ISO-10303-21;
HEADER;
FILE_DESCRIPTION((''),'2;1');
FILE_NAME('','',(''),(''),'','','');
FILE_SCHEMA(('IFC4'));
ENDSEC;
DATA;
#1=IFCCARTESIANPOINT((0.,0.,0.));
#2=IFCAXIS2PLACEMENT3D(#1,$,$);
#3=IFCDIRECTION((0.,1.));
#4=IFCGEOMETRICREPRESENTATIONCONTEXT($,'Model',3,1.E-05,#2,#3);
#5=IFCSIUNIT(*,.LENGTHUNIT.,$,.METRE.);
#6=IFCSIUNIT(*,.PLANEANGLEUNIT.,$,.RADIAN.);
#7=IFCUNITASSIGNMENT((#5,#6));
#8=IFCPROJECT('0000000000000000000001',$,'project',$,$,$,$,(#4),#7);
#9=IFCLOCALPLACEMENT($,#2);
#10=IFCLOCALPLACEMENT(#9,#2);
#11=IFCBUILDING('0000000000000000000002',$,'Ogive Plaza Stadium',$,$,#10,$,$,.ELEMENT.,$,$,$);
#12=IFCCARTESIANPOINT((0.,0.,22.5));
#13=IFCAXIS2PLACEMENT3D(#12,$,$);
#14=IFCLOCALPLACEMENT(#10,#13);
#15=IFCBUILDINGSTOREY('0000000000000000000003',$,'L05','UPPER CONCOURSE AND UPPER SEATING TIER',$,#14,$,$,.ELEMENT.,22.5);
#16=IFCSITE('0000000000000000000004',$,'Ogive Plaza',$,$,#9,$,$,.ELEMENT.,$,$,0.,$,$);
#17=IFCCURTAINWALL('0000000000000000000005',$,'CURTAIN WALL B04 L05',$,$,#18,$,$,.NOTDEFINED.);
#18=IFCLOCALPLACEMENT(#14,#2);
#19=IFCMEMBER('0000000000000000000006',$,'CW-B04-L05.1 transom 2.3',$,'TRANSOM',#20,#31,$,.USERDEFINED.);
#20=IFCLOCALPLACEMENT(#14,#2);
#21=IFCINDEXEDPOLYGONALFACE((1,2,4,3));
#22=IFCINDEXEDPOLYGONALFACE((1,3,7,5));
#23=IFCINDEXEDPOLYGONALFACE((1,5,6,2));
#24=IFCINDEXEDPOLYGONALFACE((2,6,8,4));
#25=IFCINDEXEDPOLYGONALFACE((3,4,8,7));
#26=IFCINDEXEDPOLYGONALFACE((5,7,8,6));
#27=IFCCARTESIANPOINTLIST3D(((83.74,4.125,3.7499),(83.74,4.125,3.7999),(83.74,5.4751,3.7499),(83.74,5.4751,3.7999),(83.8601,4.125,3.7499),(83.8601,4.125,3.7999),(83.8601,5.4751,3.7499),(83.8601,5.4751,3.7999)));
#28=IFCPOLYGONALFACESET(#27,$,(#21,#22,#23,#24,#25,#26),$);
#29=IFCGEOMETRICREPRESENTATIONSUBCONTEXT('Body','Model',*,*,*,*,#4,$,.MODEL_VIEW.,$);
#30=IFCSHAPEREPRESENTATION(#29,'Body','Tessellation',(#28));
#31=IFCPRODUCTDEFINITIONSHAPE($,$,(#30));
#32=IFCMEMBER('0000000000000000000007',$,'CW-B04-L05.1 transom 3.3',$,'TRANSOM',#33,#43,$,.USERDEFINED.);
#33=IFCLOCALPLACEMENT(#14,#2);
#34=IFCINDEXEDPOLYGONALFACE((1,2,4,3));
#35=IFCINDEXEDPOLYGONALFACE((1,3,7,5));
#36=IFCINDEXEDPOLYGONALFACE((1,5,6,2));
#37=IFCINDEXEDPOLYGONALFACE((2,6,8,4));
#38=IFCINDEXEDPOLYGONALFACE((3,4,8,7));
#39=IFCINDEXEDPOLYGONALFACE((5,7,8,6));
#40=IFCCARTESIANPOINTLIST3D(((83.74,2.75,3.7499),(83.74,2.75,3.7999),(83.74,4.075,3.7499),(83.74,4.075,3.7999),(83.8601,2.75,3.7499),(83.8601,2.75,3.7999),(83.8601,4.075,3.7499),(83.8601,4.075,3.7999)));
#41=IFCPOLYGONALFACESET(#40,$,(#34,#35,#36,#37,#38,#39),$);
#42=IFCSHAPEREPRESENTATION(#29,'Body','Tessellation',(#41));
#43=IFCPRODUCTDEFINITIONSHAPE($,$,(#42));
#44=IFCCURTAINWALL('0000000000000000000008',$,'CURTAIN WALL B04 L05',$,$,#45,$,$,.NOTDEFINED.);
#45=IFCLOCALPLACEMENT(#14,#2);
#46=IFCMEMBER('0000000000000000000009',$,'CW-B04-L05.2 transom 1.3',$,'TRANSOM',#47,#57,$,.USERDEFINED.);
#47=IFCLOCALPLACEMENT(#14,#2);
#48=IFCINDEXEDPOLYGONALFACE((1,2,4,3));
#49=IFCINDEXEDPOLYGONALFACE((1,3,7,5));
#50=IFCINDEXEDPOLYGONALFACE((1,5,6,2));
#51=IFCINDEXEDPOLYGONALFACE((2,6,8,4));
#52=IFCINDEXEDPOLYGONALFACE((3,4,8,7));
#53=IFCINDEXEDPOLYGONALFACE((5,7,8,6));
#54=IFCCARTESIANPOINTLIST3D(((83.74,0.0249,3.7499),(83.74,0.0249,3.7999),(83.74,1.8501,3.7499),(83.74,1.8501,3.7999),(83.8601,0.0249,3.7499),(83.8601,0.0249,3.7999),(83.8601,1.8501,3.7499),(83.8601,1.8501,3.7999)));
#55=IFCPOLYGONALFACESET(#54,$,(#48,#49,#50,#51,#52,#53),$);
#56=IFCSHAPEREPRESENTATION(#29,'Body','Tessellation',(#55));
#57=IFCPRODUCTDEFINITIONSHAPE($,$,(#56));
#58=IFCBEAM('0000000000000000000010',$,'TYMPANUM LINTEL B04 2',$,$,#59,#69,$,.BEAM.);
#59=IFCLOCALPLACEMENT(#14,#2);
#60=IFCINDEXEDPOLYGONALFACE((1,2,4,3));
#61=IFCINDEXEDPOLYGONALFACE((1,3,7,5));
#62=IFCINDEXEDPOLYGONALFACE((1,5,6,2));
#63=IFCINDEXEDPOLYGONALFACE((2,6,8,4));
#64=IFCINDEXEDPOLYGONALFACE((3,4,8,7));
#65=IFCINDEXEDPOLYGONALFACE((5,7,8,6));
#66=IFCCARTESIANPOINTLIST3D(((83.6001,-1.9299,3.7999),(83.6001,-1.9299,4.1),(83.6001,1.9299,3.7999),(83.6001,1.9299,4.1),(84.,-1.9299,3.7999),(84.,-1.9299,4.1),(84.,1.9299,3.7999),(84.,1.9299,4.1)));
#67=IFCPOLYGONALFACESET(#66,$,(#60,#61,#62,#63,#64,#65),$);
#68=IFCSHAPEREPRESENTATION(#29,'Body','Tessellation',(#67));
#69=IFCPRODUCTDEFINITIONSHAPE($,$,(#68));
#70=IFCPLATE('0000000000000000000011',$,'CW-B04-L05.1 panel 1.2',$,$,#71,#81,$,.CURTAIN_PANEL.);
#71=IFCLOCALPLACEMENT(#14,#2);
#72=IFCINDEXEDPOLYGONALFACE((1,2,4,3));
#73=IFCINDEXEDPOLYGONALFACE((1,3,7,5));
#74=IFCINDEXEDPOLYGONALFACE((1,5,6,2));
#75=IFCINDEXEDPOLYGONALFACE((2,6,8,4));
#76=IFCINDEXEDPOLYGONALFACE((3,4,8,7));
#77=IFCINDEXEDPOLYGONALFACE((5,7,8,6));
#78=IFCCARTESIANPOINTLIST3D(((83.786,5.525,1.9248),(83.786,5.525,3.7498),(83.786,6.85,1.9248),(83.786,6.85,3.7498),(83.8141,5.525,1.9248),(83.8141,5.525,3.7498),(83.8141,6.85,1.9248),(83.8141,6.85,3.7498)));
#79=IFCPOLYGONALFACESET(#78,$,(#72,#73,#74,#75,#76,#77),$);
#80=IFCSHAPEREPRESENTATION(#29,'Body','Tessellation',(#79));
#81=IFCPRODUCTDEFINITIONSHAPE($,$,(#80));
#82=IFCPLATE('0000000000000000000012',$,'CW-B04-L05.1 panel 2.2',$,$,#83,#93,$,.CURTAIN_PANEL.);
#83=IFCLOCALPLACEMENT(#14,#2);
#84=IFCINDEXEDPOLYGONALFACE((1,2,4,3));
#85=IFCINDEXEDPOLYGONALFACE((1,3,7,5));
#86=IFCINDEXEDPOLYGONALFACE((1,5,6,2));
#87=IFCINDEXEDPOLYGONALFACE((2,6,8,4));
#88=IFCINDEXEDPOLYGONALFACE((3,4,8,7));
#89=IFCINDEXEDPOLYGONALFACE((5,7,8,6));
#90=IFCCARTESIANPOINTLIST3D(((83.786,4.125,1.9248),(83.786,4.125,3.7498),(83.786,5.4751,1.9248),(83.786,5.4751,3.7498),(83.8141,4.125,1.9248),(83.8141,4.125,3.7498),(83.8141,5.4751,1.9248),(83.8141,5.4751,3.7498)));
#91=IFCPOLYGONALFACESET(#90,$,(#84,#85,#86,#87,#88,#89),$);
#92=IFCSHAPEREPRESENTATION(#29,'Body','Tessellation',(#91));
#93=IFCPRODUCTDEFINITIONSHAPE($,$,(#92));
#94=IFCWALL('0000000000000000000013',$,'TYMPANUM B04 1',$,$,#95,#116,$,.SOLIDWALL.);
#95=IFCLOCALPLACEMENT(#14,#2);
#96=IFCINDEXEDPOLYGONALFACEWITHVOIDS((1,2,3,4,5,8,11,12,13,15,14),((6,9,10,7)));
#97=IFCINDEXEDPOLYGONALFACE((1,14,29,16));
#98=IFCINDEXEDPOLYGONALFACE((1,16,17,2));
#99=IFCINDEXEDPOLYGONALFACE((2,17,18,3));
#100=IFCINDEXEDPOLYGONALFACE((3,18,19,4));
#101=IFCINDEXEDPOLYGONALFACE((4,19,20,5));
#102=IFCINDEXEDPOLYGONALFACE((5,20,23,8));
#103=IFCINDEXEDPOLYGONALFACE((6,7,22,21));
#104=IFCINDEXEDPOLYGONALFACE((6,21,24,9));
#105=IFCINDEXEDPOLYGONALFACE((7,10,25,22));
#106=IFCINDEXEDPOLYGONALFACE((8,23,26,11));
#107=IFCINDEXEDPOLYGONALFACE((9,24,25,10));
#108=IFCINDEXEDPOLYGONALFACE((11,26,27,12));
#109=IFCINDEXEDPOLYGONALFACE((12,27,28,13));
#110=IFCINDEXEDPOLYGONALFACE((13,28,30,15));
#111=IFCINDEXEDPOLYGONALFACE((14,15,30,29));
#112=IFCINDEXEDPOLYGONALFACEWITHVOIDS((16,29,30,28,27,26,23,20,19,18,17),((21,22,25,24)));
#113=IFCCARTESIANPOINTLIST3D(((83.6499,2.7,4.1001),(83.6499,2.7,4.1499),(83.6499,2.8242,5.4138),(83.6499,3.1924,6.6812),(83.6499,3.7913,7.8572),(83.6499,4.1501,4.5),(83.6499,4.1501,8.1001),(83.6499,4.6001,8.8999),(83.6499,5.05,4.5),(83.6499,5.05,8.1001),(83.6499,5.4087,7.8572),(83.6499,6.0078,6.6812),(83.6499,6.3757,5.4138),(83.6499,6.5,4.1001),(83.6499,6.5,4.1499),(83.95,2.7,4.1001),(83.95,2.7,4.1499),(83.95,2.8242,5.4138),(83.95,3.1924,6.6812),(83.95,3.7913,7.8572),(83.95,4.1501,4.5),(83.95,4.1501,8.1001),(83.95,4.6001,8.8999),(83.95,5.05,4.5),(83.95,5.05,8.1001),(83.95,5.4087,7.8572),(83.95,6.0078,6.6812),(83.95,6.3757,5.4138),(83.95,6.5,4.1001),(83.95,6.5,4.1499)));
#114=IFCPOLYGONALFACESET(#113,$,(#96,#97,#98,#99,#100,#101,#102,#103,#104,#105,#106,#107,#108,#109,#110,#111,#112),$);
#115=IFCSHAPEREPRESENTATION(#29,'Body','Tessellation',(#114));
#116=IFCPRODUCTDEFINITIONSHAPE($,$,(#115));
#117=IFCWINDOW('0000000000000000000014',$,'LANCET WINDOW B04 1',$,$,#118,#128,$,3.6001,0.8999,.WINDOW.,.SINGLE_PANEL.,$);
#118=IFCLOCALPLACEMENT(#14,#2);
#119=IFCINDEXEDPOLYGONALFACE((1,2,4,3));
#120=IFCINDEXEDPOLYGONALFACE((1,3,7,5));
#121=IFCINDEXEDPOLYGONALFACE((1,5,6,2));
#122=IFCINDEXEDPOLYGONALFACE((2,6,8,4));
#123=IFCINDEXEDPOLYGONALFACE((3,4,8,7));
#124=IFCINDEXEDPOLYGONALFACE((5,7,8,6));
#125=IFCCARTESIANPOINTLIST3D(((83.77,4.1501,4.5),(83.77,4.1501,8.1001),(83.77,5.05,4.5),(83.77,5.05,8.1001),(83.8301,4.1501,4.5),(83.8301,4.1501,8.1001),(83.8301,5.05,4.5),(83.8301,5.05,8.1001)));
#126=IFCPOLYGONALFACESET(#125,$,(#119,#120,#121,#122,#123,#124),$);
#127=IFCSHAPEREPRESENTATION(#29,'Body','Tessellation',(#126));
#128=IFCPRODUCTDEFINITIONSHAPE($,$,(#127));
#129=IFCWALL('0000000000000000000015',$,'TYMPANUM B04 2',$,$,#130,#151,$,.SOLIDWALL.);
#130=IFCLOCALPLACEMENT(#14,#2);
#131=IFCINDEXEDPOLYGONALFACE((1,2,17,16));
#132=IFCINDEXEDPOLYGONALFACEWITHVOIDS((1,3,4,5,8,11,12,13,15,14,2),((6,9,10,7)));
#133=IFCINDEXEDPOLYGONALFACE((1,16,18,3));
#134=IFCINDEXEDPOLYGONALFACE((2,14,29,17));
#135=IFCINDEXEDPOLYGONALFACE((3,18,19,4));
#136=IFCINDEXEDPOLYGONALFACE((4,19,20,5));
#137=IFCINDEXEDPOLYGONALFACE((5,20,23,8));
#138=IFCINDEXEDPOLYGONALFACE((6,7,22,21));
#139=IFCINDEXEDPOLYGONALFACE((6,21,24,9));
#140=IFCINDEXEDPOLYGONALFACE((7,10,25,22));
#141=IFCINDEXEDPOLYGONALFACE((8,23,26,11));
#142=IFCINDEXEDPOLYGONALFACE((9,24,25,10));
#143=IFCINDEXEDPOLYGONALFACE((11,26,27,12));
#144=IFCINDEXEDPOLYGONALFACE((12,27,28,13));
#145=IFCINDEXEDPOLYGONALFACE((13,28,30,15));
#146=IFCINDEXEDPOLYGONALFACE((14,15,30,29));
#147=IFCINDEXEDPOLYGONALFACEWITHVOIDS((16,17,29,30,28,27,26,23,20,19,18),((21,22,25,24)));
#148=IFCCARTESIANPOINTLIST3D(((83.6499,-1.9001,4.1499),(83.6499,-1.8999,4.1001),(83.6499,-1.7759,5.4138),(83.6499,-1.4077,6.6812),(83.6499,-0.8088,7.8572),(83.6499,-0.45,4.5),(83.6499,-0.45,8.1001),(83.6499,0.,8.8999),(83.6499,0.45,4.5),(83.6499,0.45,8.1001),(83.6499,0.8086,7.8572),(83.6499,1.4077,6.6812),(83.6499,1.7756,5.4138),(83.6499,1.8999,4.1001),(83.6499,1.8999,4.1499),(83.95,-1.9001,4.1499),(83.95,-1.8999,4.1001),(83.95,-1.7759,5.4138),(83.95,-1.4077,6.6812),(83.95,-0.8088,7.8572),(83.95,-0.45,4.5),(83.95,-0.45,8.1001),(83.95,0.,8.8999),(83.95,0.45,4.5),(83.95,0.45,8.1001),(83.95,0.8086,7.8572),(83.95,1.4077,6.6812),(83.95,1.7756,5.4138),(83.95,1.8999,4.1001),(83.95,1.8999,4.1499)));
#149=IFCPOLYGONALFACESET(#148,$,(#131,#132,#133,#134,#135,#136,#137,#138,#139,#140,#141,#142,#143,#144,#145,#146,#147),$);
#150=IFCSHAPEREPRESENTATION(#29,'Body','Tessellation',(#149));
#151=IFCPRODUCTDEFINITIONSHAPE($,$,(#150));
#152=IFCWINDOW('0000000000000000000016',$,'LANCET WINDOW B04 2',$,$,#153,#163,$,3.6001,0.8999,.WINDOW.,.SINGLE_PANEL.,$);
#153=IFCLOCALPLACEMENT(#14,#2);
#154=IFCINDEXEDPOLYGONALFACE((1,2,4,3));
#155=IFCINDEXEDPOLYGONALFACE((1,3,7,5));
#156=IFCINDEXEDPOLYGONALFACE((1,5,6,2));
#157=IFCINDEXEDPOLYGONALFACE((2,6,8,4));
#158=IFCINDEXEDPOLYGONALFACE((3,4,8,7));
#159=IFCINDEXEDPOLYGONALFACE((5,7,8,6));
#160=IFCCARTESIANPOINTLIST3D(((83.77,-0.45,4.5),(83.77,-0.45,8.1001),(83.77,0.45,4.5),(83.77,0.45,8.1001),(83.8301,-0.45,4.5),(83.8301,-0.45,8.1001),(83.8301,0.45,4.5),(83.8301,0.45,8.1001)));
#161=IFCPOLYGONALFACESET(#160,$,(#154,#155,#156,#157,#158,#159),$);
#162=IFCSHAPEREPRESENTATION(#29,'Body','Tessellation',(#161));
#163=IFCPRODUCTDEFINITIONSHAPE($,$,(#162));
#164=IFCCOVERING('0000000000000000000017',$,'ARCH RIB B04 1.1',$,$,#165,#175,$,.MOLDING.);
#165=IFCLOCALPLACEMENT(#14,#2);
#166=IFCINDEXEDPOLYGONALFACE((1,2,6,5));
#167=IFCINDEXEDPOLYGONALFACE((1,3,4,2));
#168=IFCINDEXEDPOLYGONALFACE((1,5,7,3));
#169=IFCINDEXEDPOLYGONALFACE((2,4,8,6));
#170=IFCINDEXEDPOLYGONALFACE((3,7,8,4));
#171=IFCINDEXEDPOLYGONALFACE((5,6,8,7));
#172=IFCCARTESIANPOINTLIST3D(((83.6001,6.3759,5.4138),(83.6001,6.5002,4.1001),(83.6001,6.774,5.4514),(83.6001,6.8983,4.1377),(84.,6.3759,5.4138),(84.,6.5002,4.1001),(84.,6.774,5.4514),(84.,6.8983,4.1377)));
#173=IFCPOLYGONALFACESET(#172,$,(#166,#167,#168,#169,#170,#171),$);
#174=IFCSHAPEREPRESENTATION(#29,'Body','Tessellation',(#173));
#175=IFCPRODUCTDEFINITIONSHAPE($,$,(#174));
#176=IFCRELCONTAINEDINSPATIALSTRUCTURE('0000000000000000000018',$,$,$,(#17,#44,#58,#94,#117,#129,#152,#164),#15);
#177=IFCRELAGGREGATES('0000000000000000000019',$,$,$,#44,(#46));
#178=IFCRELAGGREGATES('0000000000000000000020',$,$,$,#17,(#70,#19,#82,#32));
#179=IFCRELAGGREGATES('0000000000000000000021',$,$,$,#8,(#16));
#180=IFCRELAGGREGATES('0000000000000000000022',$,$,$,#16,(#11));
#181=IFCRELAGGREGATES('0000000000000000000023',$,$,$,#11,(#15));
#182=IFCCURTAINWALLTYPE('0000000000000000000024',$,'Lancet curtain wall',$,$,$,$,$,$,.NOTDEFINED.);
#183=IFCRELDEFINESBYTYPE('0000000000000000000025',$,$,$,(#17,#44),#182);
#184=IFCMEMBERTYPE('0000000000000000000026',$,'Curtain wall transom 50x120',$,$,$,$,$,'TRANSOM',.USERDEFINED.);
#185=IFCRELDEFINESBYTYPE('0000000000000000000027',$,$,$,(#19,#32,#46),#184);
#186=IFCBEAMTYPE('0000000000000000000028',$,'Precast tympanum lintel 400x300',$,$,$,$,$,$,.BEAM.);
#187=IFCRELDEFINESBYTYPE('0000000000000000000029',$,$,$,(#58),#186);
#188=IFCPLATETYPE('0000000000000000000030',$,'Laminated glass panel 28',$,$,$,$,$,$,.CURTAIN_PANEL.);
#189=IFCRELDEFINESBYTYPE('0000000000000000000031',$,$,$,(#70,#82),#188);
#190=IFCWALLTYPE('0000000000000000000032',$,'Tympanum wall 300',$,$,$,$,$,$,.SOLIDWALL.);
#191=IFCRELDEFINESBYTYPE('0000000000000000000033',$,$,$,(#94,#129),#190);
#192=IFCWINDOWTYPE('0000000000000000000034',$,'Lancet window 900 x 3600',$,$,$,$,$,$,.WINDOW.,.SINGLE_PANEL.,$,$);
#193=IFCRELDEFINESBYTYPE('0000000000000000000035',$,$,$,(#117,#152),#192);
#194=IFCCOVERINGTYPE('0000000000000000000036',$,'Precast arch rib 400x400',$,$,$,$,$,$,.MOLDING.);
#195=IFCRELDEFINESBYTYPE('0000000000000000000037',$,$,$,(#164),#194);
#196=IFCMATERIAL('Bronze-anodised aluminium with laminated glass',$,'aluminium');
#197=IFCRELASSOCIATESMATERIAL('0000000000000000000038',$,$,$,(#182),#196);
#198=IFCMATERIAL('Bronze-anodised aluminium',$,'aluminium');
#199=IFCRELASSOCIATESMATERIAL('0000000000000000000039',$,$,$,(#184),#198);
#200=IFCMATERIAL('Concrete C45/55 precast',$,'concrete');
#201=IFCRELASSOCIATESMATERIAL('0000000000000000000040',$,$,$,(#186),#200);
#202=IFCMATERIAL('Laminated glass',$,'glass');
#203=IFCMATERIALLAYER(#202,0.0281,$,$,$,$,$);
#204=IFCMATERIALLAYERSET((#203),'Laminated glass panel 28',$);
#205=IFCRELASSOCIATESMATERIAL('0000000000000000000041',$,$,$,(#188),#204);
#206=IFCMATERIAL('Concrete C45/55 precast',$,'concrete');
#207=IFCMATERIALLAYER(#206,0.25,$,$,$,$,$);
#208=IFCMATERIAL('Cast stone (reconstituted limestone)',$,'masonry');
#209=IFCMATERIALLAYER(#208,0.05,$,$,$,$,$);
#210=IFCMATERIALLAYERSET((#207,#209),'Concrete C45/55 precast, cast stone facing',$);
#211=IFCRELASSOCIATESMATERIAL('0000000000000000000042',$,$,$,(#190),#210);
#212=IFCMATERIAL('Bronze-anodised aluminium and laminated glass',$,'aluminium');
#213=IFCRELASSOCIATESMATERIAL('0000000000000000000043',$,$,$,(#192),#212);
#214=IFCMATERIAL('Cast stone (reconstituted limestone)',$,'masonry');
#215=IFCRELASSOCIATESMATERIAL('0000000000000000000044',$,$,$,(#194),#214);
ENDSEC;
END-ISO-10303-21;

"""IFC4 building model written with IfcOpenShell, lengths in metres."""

from ifc_helpers import new_model, si_unit, direction, frame, frame_2d, origin, origin_2d, place, context, subcontext, project, spatial, polyline, rectangle, outline, extrude, material, layer, layer_set, material_profile, profile_set, type_object, element, fill, aggregate, save


model = new_model("IFC4")

# Units and contexts
model_context = context("Model", 3, precision=1e-05, world=origin(), true_north=direction((0.0, 1.0)))
body_context = subcontext(model_context, "Body", "Model", "MODEL_VIEW")
ifc_project = project(units=[si_unit("LENGTHUNIT", "METRE"), si_unit("PLANEANGLEUNIT", "RADIAN")], contexts=[model_context])

# Site, building, storey
site_placement = place(None, origin())
site = spatial("IfcSite", under=ifc_project, at=site_placement, Name="Ogive Plaza", CompositionType="ELEMENT", RefElevation=0.0)
building_placement = place(site_placement, origin())
building = spatial("IfcBuilding", under=site, at=building_placement, Name="Ogive Plaza Stadium", CompositionType="ELEMENT")
storey_placement = place(building_placement, frame((0.0, 0.0, 22.5)))
storey = spatial("IfcBuildingStorey", under=building, at=storey_placement, Name="L05", Description="UPPER CONCOURSE AND UPPER SEATING TIER", CompositionType="ELEMENT", Elevation=22.5)

# Curtain wall, members
ifc_material_1 = material(Name="Bronze-anodised aluminium with laminated glass", Category="aluminium")
curtain_wall_type = type_object("IfcCurtainWallType", Name="Lancet curtain wall", PredefinedType="NOTDEFINED", material=ifc_material_1)
curtain_wall_1_placement = place(storey_placement, origin())
curtain_wall_1 = element("IfcCurtainWall", 1, at=curtain_wall_1_placement, inside=storey, type_object=curtain_wall_type, Name="CURTAIN WALL B04 L05", PredefinedType="NOTDEFINED")
ifc_material_2 = material(Name="Bronze-anodised aluminium", Category="aluminium")
ifc_material_profile_1 = material_profile(ifc_material_2, rectangle(XDim=0.1201, YDim=0.05, at=origin_2d()), Name="AL 120x50")
ifc_profile_set_1 = profile_set([ifc_material_profile_1], Name="Bronze-anodised aluminium")
member_type = type_object("IfcMemberType", Name="Curtain wall transom 50x120", ElementType="TRANSOM", PredefinedType="USERDEFINED", material=ifc_profile_set_1)
member_1_placement = place(storey_placement, frame((83.8, 5.4751, 3.7749), z_axis=(0.0, -1.0, 0.0), x_axis=(1.0, 0.0, 0.0)))
member_1 = element("IfcMember", 2, at=member_1_placement, type_object=member_type, Name="CW-B04-L05.1 transom 2.3", ObjectType="TRANSOM", PredefinedType="USERDEFINED", context=body_context, shape_type="SweptSolid", body=[
    extrude(rectangle(XDim=0.1201, YDim=0.05, at=origin_2d()), origin(), (0.0, 0.0, 1.0), 1.3501),
])
member_2_placement = place(storey_placement, frame((83.8, 4.075, 3.7749), z_axis=(0.0, -1.0, 0.0), x_axis=(1.0, 0.0, 0.0)))
member_2 = element("IfcMember", 3, at=member_2_placement, type_object=member_type, Name="CW-B04-L05.1 transom 3.3", ObjectType="TRANSOM", PredefinedType="USERDEFINED", context=body_context, shape_type="SweptSolid", body=[
    extrude(rectangle(XDim=0.1201, YDim=0.05, at=origin_2d()), origin(), (0.0, 0.0, 1.0), 1.325),
])

# Curtain wall, member
curtain_wall_2_placement = place(storey_placement, origin())
curtain_wall_2 = element("IfcCurtainWall", 4, at=curtain_wall_2_placement, inside=storey, type_object=curtain_wall_type, Name="CURTAIN WALL B04 L05", PredefinedType="NOTDEFINED")
member_3_placement = place(storey_placement, frame((83.8, 1.8501, 3.7749), z_axis=(0.0, -1.0, 0.0), x_axis=(1.0, 0.0, 0.0)))
member_3 = element("IfcMember", 5, at=member_3_placement, type_object=member_type, Name="CW-B04-L05.2 transom 1.3", ObjectType="TRANSOM", PredefinedType="USERDEFINED", context=body_context, shape_type="SweptSolid", body=[
    extrude(rectangle(XDim=0.1201, YDim=0.05, at=origin_2d()), origin(), (0.0, 0.0, 1.0), 1.8252),
])
aggregate(curtain_wall_2, [member_3])

# Beam
ifc_material_3 = material(Name="Concrete C45/55 precast", Category="concrete")
ifc_material_profile_2 = material_profile(ifc_material_3, rectangle(XDim=0.3999, YDim=0.3, at=origin_2d()), Name="RC 400x300")
ifc_profile_set_2 = profile_set([ifc_material_profile_2], Name="Concrete C45/55 precast")
beam_type = type_object("IfcBeamType", Name="Precast tympanum lintel 400x300", PredefinedType="BEAM", material=ifc_profile_set_2)
beam_placement = place(storey_placement, frame((83.8, 1.9299, 3.95), z_axis=(0.0, -1.0, 0.0), x_axis=(1.0, 0.0, 0.0)))
element("IfcBeam", 6, at=beam_placement, inside=storey, type_object=beam_type, Name="TYMPANUM LINTEL B04 2", PredefinedType="BEAM", context=body_context, shape_type="SweptSolid", body=[
    extrude(rectangle(XDim=0.3999, YDim=0.3, at=origin_2d()), origin(), (0.0, 0.0, 1.0), 3.8599),
])

# Plates
ifc_material_4 = material(Name="Laminated glass", Category="glass")
ifc_layer_1 = layer(ifc_material_4, 0.0281)
ifc_layer_set_1 = layer_set([ifc_layer_1], Name="Laminated glass panel 28")
plate_type = type_object("IfcPlateType", Name="Laminated glass panel 28", PredefinedType="CURTAIN_PANEL", material=ifc_layer_set_1)
plate_1_placement = place(storey_placement, frame((83.8, 6.1875, 1.9248), z_axis=(0.0, 0.0, 1.0), x_axis=(0.0, -1.0, 0.0)))
plate_1 = element("IfcPlate", 7, at=plate_1_placement, type_object=plate_type, Name="CW-B04-L05.1 panel 1.2", PredefinedType="CURTAIN_PANEL", context=body_context, shape_type="SweptSolid", body=[
    extrude(rectangle(XDim=1.325, YDim=0.0281, at=origin_2d()), origin(), (0.0, 0.0, 1.0), 1.825),
])
plate_2_placement = place(storey_placement, frame((83.8, 4.8, 1.9248), z_axis=(0.0, 0.0, 1.0), x_axis=(0.0, -1.0, 0.0)))
plate_2 = element("IfcPlate", 8, at=plate_2_placement, type_object=plate_type, Name="CW-B04-L05.1 panel 2.2", PredefinedType="CURTAIN_PANEL", context=body_context, shape_type="SweptSolid", body=[
    extrude(rectangle(XDim=1.3501, YDim=0.0281, at=origin_2d()), origin(), (0.0, 0.0, 1.0), 1.825),
])
aggregate(curtain_wall_1, [plate_1, member_1, plate_2, member_2])

# Walls, openings, windows
ifc_material_5 = material(Name="Concrete C45/55 precast", Category="concrete")
ifc_layer_2 = layer(ifc_material_5, 0.25)
ifc_material_6 = material(Name="Cast stone (reconstituted limestone)", Category="masonry")
ifc_layer_3 = layer(ifc_material_6, 0.05)
ifc_layer_set_2 = layer_set([ifc_layer_2, ifc_layer_3], Name="Concrete C45/55 precast, cast stone facing")
wall_type = type_object("IfcWallType", Name="Tympanum wall 300", PredefinedType="SOLIDWALL", material=ifc_layer_set_2)
wall_1_placement = place(storey_placement, frame((83.8, 6.5, 4.1001), z_axis=(0.0, 0.0, 1.0), x_axis=(0.0, -1.0, 0.0)))
wall_1 = element("IfcWall", 9, at=wall_1_placement, inside=storey, type_object=wall_type, Name="TYMPANUM B04 1", PredefinedType="SOLIDWALL", context=body_context, shape_type="SweptSolid", body=[
    extrude(outline(polyline([(0.0, 0.0), (3.8, 0.0), (3.8, 0.0498), (3.6758, 1.3137), (3.3076, 2.5811), (2.7087, 3.7571), (1.8999, 4.7998), (1.0913, 3.7571), (0.4922, 2.5811), (0.1243, 1.3137), (0.0, 0.0498), (0.0, 0.0)])), frame((0.0, 0.1499, 0.0), z_axis=(0.0, -1.0, 0.0), x_axis=(1.0, 0.0, 0.0)), (0.0, 0.0, 1.0), 0.3),
])
opening_1_placement = place(wall_1_placement, frame((1.45, 0.0, 0.3999)))
opening_1 = element("IfcOpeningElement", 10, at=opening_1_placement, cuts=wall_1, PredefinedType="OPENING", context=body_context, shape_type="SweptSolid", body=[
    extrude(rectangle(XDim=0.8999, YDim=3.6001, at=frame_2d((0.45, 1.8))), frame((0.0, 0.1602, 0.0), z_axis=(0.0, -1.0, 0.0), x_axis=(1.0, 0.0, 0.0)), (0.0, 0.0, 1.0), 0.3201),
])
ifc_material_7 = material(Name="Bronze-anodised aluminium and laminated glass", Category="aluminium")
window_type = type_object("IfcWindowType", Name="Lancet window 900 x 3600", PartitioningType="SINGLE_PANEL", PredefinedType="WINDOW", material=ifc_material_7)
window_1_placement = place(opening_1_placement, origin())
window_1 = element("IfcWindow", 11, at=window_1_placement, inside=storey, type_object=window_type, Name="LANCET WINDOW B04 1", OverallHeight=3.6001, OverallWidth=0.8999, PartitioningType="SINGLE_PANEL", PredefinedType="WINDOW", context=body_context, shape_type="SweptSolid", body=[
    extrude(rectangle(XDim=0.8999, YDim=3.6001, at=frame_2d((0.45, 1.8))), frame((0.0, 0.03, 0.0), z_axis=(0.0, -1.0, 0.0), x_axis=(1.0, 0.0, 0.0)), (0.0, 0.0, 1.0), 0.0601),
])
fill(opening_1, window_1)
wall_2_placement = place(storey_placement, frame((83.8, 1.8999, 4.1001), z_axis=(0.0, 0.0, 1.0), x_axis=(0.0, -1.0, 0.0)))
wall_2 = element("IfcWall", 12, at=wall_2_placement, inside=storey, type_object=wall_type, Name="TYMPANUM B04 2", PredefinedType="SOLIDWALL", context=body_context, shape_type="SweptSolid", body=[
    extrude(outline(polyline([(0.0, 0.0), (3.7998, 0.0), (3.8, 0.0498), (3.6758, 1.3137), (3.3076, 2.5811), (2.7087, 3.7571), (1.8999, 4.7998), (1.0913, 3.7571), (0.4922, 2.5811), (0.1243, 1.3137), (0.0, 0.0498), (0.0, 0.0)])), frame((0.0, 0.1499, 0.0), z_axis=(0.0, -1.0, 0.0), x_axis=(1.0, 0.0, 0.0)), (0.0, 0.0, 1.0), 0.3),
])
opening_2_placement = place(wall_2_placement, frame((1.45, 0.0, 0.3999)))
opening_2 = element("IfcOpeningElement", 13, at=opening_2_placement, cuts=wall_2, PredefinedType="OPENING", context=body_context, shape_type="SweptSolid", body=[
    extrude(rectangle(XDim=0.8999, YDim=3.6001, at=frame_2d((0.45, 1.8))), frame((0.0, 0.1602, 0.0), z_axis=(0.0, -1.0, 0.0), x_axis=(1.0, 0.0, 0.0)), (0.0, 0.0, 1.0), 0.3201),
])
window_2_placement = place(opening_2_placement, origin())
window_2 = element("IfcWindow", 14, at=window_2_placement, inside=storey, type_object=window_type, Name="LANCET WINDOW B04 2", OverallHeight=3.6001, OverallWidth=0.8999, PartitioningType="SINGLE_PANEL", PredefinedType="WINDOW", context=body_context, shape_type="SweptSolid", body=[
    extrude(rectangle(XDim=0.8999, YDim=3.6001, at=frame_2d((0.45, 1.8))), frame((0.0, 0.03, 0.0), z_axis=(0.0, -1.0, 0.0), x_axis=(1.0, 0.0, 0.0)), (0.0, 0.0, 1.0), 0.0601),
])
fill(opening_2, window_2)

# Covering
ifc_material_8 = material(Name="Cast stone (reconstituted limestone)", Category="masonry")
ifc_material_profile_3 = material_profile(ifc_material_8, rectangle(XDim=0.3999, YDim=0.3999, at=origin_2d()), Name="Cast stone 400x400")
ifc_profile_set_3 = profile_set([ifc_material_profile_3], Name="Cast stone (reconstituted limestone)")
covering_type = type_object("IfcCoveringType", Name="Precast arch rib 400x400", PredefinedType="MOLDING", material=ifc_profile_set_3)
covering_1_placement = place(storey_placement, frame((83.8, 6.6992, 4.1189), z_axis=(0.0, -0.094172, 0.995556), x_axis=(1.0, 0.0, 0.0)))
element("IfcCovering", 15, at=covering_1_placement, inside=storey, type_object=covering_type, Name="ARCH RIB B04 1.1", PredefinedType="MOLDING", context=body_context, shape_type="SweptSolid", body=[
    extrude(rectangle(XDim=0.3999, YDim=0.3999, at=origin_2d()), origin(), (0.0, 0.0, 1.0), 1.3196),
])

save(model, "model.ifc")
